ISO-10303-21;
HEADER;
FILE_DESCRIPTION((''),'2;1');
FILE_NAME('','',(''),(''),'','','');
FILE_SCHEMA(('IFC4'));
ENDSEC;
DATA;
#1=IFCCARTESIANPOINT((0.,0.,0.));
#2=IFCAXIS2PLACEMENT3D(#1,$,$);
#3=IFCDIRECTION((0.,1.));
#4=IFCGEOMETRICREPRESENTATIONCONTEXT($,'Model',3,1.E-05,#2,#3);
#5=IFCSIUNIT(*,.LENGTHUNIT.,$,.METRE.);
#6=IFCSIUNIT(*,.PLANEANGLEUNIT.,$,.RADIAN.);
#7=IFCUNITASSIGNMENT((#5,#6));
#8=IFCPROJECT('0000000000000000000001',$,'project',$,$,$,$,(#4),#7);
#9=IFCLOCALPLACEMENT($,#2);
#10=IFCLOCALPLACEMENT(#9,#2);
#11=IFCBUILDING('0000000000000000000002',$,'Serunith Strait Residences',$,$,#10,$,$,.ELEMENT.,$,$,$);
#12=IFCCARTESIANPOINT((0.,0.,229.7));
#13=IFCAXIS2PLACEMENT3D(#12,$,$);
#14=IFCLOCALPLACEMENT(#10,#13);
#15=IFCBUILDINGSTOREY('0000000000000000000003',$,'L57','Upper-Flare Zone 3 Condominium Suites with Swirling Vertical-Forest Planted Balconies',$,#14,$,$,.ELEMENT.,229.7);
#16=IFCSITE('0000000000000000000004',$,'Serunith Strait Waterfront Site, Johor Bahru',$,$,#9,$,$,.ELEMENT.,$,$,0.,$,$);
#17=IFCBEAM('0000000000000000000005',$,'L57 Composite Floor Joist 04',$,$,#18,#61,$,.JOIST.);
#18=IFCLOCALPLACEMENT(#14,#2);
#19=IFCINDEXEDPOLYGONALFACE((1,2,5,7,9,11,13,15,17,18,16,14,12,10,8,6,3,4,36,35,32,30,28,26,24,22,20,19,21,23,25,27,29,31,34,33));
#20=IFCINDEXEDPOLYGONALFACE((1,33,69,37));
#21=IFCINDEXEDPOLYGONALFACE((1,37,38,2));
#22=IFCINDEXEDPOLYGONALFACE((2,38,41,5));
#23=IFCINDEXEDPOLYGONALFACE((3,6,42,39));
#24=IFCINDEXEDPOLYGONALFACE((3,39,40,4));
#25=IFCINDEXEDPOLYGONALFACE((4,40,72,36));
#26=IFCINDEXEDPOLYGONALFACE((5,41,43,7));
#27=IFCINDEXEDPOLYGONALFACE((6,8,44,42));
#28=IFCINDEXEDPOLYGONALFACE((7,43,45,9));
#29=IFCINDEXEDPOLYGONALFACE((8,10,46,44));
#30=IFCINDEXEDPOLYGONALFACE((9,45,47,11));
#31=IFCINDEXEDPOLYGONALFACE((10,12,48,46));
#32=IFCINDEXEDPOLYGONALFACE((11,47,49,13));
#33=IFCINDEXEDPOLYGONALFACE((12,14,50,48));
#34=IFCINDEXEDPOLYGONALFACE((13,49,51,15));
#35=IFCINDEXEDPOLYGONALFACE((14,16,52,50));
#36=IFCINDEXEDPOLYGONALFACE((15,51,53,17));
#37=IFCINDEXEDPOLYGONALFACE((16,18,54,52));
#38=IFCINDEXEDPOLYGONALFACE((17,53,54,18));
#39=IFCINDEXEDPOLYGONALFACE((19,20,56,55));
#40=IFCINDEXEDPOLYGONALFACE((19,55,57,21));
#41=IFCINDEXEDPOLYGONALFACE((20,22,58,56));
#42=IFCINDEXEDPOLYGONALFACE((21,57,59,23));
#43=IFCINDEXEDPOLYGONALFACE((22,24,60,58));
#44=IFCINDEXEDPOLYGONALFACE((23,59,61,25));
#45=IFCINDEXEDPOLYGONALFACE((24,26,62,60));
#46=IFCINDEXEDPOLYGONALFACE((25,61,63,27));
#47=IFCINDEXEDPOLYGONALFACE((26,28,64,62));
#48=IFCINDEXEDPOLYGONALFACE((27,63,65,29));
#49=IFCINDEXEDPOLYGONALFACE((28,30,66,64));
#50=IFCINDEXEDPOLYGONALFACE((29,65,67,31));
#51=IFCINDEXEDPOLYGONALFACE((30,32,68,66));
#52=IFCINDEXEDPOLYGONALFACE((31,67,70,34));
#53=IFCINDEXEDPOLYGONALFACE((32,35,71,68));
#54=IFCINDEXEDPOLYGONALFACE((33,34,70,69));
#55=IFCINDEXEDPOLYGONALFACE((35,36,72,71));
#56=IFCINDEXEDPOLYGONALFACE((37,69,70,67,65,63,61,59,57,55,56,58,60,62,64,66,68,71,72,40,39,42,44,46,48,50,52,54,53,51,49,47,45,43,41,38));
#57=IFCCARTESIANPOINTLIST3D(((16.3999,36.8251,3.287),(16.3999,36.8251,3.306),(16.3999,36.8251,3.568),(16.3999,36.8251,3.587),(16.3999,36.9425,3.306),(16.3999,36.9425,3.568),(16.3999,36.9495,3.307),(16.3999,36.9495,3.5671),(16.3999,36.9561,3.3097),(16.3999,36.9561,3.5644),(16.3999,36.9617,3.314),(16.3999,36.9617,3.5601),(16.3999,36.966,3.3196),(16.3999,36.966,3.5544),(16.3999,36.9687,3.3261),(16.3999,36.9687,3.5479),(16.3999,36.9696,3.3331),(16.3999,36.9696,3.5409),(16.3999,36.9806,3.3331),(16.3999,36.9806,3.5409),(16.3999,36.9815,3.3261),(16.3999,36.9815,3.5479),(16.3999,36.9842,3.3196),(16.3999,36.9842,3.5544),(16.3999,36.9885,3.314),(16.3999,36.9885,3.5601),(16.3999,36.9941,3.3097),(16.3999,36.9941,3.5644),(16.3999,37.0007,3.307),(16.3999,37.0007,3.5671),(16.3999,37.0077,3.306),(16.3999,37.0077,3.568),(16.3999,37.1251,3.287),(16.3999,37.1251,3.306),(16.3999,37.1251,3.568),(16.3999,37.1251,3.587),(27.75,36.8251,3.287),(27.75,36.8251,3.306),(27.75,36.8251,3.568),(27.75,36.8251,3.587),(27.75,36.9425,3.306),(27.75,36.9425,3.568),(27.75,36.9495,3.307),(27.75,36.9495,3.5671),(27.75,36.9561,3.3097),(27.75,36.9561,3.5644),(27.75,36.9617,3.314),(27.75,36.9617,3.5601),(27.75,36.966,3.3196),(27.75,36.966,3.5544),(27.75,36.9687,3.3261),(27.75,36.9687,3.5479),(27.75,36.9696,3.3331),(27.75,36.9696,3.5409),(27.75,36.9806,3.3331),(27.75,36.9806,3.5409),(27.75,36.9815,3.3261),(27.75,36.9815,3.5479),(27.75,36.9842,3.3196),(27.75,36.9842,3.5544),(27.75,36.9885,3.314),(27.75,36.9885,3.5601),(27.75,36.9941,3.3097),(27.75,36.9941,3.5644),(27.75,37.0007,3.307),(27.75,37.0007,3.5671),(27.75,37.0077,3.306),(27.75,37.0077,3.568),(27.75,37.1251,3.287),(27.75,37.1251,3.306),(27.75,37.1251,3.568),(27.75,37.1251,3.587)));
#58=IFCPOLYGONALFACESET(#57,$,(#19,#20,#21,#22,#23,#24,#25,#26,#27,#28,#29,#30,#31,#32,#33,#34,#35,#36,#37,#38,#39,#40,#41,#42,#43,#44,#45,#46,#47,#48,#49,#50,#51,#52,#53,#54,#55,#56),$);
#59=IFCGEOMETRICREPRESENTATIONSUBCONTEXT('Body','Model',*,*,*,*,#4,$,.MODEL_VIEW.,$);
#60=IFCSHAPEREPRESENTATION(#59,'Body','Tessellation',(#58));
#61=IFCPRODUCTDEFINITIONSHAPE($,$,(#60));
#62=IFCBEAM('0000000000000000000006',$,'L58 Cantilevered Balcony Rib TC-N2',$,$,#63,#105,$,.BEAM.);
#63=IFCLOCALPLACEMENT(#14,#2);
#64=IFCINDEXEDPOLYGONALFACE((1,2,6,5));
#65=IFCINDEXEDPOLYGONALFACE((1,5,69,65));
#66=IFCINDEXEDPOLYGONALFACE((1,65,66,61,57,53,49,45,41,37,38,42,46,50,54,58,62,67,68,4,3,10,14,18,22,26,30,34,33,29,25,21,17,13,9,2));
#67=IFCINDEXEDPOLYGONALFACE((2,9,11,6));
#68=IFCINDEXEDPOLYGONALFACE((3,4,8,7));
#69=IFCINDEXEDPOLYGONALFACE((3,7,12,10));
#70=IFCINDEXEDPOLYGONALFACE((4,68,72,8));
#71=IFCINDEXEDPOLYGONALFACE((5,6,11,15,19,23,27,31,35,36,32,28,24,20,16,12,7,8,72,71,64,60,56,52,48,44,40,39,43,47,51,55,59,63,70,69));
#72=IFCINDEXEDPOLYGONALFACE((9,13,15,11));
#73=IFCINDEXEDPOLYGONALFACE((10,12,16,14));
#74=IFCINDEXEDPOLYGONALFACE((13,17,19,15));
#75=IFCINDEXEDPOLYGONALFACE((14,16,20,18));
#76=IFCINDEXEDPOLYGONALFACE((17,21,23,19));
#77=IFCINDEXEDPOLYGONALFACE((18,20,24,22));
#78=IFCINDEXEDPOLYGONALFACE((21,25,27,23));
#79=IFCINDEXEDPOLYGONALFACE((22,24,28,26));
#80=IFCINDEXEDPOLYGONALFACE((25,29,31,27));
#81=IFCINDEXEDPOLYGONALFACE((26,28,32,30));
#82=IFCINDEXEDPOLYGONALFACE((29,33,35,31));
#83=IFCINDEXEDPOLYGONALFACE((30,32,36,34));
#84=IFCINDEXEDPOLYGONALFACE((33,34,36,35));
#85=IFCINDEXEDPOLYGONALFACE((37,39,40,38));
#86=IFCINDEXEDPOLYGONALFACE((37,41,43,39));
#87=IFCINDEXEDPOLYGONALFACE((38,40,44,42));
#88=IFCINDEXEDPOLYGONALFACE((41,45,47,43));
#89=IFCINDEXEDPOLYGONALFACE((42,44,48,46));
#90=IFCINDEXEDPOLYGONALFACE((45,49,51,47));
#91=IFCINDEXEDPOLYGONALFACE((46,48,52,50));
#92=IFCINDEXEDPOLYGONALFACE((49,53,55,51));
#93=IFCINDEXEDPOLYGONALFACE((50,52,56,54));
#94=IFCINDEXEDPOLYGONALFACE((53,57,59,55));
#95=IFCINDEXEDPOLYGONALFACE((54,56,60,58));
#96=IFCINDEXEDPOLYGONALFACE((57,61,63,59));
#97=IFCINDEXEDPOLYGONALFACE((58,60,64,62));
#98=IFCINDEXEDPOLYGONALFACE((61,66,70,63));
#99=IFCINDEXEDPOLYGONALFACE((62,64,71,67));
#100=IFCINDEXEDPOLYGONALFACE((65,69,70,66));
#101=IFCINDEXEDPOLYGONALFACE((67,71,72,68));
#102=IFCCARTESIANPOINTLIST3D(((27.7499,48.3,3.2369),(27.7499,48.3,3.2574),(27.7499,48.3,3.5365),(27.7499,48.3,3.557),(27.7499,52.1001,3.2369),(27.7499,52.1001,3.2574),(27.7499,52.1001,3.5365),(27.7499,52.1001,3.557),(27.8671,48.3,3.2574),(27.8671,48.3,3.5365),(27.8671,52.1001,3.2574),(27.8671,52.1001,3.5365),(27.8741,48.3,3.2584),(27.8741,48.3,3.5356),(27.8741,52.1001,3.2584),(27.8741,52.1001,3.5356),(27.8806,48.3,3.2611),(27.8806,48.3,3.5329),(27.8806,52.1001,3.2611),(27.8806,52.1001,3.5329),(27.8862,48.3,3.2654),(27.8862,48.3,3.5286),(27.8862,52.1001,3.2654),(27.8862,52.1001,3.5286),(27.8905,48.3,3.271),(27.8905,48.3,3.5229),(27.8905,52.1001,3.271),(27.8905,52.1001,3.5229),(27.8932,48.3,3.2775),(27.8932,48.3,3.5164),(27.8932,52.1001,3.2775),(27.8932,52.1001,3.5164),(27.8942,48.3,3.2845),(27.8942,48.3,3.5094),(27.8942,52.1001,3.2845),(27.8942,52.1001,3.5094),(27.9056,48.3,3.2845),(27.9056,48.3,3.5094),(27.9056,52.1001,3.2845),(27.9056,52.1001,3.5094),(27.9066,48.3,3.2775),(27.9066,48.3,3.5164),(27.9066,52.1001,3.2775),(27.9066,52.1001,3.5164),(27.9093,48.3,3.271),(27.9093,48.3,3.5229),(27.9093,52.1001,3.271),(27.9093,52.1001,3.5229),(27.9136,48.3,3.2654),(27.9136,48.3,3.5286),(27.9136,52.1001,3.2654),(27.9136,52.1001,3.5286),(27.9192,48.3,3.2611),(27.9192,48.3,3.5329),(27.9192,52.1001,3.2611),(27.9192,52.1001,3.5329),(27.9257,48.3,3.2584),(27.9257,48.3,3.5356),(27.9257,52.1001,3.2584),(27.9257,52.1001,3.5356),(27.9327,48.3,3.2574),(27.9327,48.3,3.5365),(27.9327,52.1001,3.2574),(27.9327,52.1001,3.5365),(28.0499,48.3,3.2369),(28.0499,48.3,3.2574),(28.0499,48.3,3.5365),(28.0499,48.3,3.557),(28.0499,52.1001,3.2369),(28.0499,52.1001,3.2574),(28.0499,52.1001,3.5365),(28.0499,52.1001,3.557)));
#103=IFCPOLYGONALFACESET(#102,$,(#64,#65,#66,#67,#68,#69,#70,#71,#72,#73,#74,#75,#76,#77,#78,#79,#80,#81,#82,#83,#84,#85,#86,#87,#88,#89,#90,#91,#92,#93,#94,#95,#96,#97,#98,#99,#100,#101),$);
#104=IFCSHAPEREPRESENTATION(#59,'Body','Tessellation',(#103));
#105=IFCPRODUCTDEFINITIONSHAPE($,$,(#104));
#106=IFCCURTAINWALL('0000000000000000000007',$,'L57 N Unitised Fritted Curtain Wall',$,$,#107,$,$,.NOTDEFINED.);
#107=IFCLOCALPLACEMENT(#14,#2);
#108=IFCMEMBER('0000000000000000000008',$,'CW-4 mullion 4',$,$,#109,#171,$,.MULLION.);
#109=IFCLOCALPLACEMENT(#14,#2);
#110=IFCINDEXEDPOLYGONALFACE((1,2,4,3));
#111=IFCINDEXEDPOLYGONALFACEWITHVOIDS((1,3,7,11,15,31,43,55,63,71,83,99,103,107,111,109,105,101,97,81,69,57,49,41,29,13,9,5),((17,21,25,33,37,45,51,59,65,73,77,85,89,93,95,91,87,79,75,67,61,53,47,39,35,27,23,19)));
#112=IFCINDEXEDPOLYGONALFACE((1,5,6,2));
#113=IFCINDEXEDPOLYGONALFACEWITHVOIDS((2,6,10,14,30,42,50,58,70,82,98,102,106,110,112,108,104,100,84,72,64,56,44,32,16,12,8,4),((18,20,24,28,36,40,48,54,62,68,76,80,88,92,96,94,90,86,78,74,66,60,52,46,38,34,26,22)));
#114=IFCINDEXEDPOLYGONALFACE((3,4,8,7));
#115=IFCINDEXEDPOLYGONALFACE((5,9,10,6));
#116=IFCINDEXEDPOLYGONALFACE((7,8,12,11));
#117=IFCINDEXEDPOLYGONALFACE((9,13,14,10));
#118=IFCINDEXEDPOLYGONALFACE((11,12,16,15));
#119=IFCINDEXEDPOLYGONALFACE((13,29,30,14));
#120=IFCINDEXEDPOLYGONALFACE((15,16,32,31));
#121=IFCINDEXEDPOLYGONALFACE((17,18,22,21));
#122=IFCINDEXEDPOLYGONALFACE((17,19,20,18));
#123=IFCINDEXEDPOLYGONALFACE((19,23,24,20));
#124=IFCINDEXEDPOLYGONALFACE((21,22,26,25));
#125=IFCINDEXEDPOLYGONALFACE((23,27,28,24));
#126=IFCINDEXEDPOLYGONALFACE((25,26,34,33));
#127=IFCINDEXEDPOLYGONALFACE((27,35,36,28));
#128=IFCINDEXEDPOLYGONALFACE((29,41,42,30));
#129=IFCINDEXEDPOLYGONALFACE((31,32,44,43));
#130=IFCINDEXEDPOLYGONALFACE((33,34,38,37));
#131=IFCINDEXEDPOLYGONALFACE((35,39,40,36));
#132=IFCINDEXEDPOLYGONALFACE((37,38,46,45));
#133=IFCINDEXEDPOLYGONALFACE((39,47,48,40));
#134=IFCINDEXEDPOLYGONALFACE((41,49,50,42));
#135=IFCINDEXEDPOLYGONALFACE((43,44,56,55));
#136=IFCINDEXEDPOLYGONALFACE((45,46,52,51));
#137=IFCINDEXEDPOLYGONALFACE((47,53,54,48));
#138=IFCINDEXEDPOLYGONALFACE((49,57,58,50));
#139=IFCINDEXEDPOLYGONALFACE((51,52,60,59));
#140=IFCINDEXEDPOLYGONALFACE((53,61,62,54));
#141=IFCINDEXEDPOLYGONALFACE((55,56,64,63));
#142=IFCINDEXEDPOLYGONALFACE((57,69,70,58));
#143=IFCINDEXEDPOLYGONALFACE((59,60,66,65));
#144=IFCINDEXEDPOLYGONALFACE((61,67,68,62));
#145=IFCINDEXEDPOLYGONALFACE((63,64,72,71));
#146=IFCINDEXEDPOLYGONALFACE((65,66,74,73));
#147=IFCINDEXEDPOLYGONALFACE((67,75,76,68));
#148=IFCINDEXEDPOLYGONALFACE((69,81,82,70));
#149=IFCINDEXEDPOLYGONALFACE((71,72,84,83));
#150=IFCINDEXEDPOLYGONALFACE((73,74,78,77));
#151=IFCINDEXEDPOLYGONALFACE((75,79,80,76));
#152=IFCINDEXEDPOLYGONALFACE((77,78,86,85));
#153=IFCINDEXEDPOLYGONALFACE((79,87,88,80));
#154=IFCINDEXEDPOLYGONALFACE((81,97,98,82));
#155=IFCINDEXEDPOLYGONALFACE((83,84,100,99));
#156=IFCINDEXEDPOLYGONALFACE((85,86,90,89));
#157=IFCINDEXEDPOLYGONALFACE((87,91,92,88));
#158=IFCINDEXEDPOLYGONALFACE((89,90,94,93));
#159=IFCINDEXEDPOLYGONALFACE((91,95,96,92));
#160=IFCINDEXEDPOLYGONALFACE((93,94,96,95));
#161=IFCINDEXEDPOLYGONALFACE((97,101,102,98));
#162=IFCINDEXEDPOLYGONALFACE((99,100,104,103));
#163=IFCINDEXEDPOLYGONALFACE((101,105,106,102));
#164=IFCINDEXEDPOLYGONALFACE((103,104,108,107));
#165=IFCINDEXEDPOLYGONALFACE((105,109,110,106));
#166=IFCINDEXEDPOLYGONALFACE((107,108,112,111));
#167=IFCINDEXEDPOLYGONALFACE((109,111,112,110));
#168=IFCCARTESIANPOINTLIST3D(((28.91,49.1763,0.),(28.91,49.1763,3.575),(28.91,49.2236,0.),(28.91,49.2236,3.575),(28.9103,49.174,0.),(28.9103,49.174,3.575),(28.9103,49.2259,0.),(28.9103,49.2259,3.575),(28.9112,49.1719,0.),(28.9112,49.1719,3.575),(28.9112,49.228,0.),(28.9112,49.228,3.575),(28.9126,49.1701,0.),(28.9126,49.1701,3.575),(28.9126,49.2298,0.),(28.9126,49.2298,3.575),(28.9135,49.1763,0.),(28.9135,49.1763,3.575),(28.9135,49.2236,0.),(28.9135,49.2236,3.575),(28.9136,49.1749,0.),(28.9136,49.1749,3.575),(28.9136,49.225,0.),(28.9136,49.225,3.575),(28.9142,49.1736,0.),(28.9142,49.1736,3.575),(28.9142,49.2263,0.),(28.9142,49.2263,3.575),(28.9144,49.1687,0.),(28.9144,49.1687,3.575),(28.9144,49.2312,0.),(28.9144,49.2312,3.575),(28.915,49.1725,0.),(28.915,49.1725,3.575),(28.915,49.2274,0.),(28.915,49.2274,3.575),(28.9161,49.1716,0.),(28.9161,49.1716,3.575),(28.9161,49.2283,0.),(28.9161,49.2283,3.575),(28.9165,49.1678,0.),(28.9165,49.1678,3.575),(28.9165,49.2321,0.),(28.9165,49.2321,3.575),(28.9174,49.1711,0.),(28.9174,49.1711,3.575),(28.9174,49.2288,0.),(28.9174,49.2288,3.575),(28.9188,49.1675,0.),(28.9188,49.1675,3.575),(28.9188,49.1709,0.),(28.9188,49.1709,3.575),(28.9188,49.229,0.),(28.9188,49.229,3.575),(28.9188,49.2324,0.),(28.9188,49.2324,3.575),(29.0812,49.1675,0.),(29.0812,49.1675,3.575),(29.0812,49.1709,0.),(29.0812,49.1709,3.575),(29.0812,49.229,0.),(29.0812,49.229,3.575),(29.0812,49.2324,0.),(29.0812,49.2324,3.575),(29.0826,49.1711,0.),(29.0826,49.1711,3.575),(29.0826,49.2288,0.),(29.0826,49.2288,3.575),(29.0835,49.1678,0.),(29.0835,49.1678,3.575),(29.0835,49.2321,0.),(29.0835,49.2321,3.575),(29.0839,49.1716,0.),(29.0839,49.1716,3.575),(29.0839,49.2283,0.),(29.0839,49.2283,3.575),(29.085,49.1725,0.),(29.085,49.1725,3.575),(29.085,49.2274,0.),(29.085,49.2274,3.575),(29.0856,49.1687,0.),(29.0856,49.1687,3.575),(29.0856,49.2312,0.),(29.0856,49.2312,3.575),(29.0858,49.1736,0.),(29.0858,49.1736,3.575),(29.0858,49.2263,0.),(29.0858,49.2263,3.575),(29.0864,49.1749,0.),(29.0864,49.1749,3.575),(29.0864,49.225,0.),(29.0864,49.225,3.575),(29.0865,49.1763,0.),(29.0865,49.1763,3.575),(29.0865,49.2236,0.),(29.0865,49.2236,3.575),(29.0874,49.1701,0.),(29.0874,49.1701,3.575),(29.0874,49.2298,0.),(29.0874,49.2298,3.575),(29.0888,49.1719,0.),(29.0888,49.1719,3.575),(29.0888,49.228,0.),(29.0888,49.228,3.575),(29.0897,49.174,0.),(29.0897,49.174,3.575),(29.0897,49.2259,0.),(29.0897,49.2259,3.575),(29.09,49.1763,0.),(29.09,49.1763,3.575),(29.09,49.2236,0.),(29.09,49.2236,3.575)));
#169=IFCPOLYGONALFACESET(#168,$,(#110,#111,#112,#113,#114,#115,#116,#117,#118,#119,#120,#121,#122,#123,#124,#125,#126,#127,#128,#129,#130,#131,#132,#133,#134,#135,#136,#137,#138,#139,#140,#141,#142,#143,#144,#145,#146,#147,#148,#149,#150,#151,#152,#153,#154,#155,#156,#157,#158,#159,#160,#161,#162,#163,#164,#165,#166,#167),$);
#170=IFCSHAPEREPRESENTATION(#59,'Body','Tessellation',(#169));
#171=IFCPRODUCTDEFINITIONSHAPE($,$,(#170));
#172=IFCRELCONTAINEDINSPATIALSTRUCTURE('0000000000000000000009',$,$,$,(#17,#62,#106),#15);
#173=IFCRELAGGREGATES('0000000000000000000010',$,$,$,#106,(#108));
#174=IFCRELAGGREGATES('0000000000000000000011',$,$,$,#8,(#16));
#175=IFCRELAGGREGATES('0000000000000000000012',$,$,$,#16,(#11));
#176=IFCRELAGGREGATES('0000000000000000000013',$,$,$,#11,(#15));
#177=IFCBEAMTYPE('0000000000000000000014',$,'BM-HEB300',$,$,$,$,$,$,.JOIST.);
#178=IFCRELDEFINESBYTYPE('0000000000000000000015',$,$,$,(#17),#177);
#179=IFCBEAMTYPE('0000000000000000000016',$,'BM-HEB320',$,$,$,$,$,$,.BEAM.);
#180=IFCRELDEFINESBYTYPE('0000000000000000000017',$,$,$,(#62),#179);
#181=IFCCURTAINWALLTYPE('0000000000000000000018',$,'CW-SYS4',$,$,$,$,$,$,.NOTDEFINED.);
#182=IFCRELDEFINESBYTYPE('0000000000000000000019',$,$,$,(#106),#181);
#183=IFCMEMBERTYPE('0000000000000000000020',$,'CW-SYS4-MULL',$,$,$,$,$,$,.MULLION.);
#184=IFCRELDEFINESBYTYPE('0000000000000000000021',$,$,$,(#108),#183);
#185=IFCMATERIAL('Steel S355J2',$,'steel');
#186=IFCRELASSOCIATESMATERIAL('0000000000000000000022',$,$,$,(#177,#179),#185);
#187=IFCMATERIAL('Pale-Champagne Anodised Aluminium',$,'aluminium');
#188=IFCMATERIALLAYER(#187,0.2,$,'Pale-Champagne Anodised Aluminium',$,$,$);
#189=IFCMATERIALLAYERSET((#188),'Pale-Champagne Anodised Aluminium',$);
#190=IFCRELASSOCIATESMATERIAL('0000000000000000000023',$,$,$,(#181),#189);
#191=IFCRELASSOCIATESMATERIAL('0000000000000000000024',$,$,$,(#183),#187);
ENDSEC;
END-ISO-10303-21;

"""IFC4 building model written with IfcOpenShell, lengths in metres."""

from ifc_helpers import new_model, si_unit, direction, frame, origin, origin_2d, place, context, subcontext, project, spatial, hollow_rectangle, i_section, extrude, source, transform, mapped, material, layer, layer_set, material_profile, profile_set, type_object, element, aggregate, save


model = new_model("IFC4")

# Units and contexts
model_context = context("Model", 3, precision=1e-05, world=origin(), true_north=direction((0.0, 1.0)))
body_context = subcontext(model_context, "Body", "Model", "MODEL_VIEW")
ifc_project = project(units=[si_unit("LENGTHUNIT", "METRE"), si_unit("PLANEANGLEUNIT", "RADIAN")], contexts=[model_context])

# Site, building, storey
site_placement = place(None, origin())
site = spatial("IfcSite", under=ifc_project, at=site_placement, Name="Serunith Strait Waterfront Site, Johor Bahru", CompositionType="ELEMENT", RefElevation=0.0)
building_placement = place(site_placement, origin())
building = spatial("IfcBuilding", under=site, at=building_placement, Name="Serunith Strait Residences", CompositionType="ELEMENT")
storey_placement = place(building_placement, frame((0.0, 0.0, 229.7)))
storey = spatial("IfcBuildingStorey", under=building, at=storey_placement, Name="L57", Description="Upper-Flare Zone 3 Condominium Suites with Swirling Vertical-Forest Planted Balconies", CompositionType="ELEMENT", Elevation=229.7)

# Beams
ifc_material_1 = material(Name="Steel S355J2", Category="steel")
ifc_material_profile_1 = material_profile(ifc_material_1, i_section(OverallWidth=0.3, OverallDepth=0.3, WebThickness=0.011, FlangeThickness=0.019, FilletRadius=0.0271, at=origin_2d()), Name="HEB 300")
ifc_profile_set_1 = profile_set([ifc_material_profile_1], Name="Steel S355J2")
beam_type_1 = type_object("IfcBeamType", Name="BM-HEB300", PredefinedType="JOIST", material=ifc_profile_set_1)
shared_shape_1 = source(origin(), body_context, "Body", "SweptSolid", [
    extrude(i_section(OverallWidth=0.3, OverallDepth=0.3, WebThickness=0.011, FlangeThickness=0.019, FilletRadius=0.0271, at=origin_2d()), origin(), (0.0, 0.0, 1.0), 11.3501),
])
beam_1_placement = place(storey_placement, frame((16.3999, 36.9751, 3.437), z_axis=(1.0, 0.0, 0.0), x_axis=(0.0, 1.0, 0.0)))
element("IfcBeam", 1, at=beam_1_placement, inside=storey, type_object=beam_type_1, Name="L57 Composite Floor Joist 04", PredefinedType="JOIST", context=body_context, shape_type="MappedRepresentation", body=[
    mapped(shared_shape_1, transform((0.0, 0.0, 0.0), scale=1.0)),
])
ifc_material_profile_2 = material_profile(ifc_material_1, i_section(OverallWidth=0.3, OverallDepth=0.3201, WebThickness=0.0115, FlangeThickness=0.0205, FilletRadius=0.0271, at=origin_2d()), Name="HEB 320")
ifc_profile_set_2 = profile_set([ifc_material_profile_2], Name="Steel S355J2")
beam_type_2 = type_object("IfcBeamType", Name="BM-HEB320", PredefinedType="BEAM", material=ifc_profile_set_2)
shared_shape_2 = source(origin(), body_context, "Body", "SweptSolid", [
    extrude(i_section(OverallWidth=0.3, OverallDepth=0.3201, WebThickness=0.0115, FlangeThickness=0.0205, FilletRadius=0.0271, at=origin_2d()), origin(), (0.0, 0.0, 1.0), 3.8),
])
beam_2_placement = place(storey_placement, frame((27.8999, 48.3, 3.397), z_axis=(0.0, 1.0, 0.0), x_axis=(-1.0, 0.0, 0.0)))
element("IfcBeam", 2, at=beam_2_placement, inside=storey, type_object=beam_type_2, Name="L58 Cantilevered Balcony Rib TC-N2", PredefinedType="BEAM", context=body_context, shape_type="MappedRepresentation", body=[
    mapped(shared_shape_2, transform((0.0, 0.0, 0.0), scale=1.0)),
])

# Curtain wall, member
ifc_material_2 = material(Name="Pale-Champagne Anodised Aluminium", Category="aluminium")
ifc_layer_1 = layer(ifc_material_2, 0.2, Name="Pale-Champagne Anodised Aluminium")
ifc_layer_set_1 = layer_set([ifc_layer_1], Name="Pale-Champagne Anodised Aluminium")
curtain_wall_type = type_object("IfcCurtainWallType", Name="CW-SYS4", PredefinedType="NOTDEFINED", material=ifc_layer_set_1)
curtain_wall_placement = place(storey_placement, origin())
curtain_wall = element("IfcCurtainWall", 3, at=curtain_wall_placement, inside=storey, type_object=curtain_wall_type, Name="L57 N Unitised Fritted Curtain Wall", PredefinedType="NOTDEFINED")
ifc_material_profile_3 = material_profile(ifc_material_2, hollow_rectangle(XDim=0.0649, YDim=0.1799, WallThickness=0.0034, InnerFilletRadius=0.0054, OuterFilletRadius=0.0088, at=origin_2d()), Name="ALU 180x65x3.5")
ifc_profile_set_3 = profile_set([ifc_material_profile_3], Name="Pale-Champagne Anodised Aluminium")
member_type_1 = type_object("IfcMemberType", Name="CW-SYS4-MULL", PredefinedType="MULLION", material=ifc_profile_set_3)
shared_shape_3 = source(origin(), body_context, "Body", "SweptSolid", [
    extrude(hollow_rectangle(XDim=0.0649, YDim=0.1799, WallThickness=0.0034, InnerFilletRadius=0.0054, OuterFilletRadius=0.0088, at=origin_2d()), origin(), (0.0, 0.0, 1.0), 3.575),
])
member_1_placement = place(storey_placement, frame((29.0, 49.2, 0.0), z_axis=(0.0, 0.0, 1.0), x_axis=(0.0, -1.0, 0.0)))
member_1 = element("IfcMember", 4, at=member_1_placement, type_object=member_type_1, Name="CW-4 mullion 4", PredefinedType="MULLION", context=body_context, shape_type="MappedRepresentation", body=[
    mapped(shared_shape_3, transform((0.0, 0.0, 0.0), scale=1.0)),
])
aggregate(curtain_wall, [member_1])

save(model, "model.ifc")
